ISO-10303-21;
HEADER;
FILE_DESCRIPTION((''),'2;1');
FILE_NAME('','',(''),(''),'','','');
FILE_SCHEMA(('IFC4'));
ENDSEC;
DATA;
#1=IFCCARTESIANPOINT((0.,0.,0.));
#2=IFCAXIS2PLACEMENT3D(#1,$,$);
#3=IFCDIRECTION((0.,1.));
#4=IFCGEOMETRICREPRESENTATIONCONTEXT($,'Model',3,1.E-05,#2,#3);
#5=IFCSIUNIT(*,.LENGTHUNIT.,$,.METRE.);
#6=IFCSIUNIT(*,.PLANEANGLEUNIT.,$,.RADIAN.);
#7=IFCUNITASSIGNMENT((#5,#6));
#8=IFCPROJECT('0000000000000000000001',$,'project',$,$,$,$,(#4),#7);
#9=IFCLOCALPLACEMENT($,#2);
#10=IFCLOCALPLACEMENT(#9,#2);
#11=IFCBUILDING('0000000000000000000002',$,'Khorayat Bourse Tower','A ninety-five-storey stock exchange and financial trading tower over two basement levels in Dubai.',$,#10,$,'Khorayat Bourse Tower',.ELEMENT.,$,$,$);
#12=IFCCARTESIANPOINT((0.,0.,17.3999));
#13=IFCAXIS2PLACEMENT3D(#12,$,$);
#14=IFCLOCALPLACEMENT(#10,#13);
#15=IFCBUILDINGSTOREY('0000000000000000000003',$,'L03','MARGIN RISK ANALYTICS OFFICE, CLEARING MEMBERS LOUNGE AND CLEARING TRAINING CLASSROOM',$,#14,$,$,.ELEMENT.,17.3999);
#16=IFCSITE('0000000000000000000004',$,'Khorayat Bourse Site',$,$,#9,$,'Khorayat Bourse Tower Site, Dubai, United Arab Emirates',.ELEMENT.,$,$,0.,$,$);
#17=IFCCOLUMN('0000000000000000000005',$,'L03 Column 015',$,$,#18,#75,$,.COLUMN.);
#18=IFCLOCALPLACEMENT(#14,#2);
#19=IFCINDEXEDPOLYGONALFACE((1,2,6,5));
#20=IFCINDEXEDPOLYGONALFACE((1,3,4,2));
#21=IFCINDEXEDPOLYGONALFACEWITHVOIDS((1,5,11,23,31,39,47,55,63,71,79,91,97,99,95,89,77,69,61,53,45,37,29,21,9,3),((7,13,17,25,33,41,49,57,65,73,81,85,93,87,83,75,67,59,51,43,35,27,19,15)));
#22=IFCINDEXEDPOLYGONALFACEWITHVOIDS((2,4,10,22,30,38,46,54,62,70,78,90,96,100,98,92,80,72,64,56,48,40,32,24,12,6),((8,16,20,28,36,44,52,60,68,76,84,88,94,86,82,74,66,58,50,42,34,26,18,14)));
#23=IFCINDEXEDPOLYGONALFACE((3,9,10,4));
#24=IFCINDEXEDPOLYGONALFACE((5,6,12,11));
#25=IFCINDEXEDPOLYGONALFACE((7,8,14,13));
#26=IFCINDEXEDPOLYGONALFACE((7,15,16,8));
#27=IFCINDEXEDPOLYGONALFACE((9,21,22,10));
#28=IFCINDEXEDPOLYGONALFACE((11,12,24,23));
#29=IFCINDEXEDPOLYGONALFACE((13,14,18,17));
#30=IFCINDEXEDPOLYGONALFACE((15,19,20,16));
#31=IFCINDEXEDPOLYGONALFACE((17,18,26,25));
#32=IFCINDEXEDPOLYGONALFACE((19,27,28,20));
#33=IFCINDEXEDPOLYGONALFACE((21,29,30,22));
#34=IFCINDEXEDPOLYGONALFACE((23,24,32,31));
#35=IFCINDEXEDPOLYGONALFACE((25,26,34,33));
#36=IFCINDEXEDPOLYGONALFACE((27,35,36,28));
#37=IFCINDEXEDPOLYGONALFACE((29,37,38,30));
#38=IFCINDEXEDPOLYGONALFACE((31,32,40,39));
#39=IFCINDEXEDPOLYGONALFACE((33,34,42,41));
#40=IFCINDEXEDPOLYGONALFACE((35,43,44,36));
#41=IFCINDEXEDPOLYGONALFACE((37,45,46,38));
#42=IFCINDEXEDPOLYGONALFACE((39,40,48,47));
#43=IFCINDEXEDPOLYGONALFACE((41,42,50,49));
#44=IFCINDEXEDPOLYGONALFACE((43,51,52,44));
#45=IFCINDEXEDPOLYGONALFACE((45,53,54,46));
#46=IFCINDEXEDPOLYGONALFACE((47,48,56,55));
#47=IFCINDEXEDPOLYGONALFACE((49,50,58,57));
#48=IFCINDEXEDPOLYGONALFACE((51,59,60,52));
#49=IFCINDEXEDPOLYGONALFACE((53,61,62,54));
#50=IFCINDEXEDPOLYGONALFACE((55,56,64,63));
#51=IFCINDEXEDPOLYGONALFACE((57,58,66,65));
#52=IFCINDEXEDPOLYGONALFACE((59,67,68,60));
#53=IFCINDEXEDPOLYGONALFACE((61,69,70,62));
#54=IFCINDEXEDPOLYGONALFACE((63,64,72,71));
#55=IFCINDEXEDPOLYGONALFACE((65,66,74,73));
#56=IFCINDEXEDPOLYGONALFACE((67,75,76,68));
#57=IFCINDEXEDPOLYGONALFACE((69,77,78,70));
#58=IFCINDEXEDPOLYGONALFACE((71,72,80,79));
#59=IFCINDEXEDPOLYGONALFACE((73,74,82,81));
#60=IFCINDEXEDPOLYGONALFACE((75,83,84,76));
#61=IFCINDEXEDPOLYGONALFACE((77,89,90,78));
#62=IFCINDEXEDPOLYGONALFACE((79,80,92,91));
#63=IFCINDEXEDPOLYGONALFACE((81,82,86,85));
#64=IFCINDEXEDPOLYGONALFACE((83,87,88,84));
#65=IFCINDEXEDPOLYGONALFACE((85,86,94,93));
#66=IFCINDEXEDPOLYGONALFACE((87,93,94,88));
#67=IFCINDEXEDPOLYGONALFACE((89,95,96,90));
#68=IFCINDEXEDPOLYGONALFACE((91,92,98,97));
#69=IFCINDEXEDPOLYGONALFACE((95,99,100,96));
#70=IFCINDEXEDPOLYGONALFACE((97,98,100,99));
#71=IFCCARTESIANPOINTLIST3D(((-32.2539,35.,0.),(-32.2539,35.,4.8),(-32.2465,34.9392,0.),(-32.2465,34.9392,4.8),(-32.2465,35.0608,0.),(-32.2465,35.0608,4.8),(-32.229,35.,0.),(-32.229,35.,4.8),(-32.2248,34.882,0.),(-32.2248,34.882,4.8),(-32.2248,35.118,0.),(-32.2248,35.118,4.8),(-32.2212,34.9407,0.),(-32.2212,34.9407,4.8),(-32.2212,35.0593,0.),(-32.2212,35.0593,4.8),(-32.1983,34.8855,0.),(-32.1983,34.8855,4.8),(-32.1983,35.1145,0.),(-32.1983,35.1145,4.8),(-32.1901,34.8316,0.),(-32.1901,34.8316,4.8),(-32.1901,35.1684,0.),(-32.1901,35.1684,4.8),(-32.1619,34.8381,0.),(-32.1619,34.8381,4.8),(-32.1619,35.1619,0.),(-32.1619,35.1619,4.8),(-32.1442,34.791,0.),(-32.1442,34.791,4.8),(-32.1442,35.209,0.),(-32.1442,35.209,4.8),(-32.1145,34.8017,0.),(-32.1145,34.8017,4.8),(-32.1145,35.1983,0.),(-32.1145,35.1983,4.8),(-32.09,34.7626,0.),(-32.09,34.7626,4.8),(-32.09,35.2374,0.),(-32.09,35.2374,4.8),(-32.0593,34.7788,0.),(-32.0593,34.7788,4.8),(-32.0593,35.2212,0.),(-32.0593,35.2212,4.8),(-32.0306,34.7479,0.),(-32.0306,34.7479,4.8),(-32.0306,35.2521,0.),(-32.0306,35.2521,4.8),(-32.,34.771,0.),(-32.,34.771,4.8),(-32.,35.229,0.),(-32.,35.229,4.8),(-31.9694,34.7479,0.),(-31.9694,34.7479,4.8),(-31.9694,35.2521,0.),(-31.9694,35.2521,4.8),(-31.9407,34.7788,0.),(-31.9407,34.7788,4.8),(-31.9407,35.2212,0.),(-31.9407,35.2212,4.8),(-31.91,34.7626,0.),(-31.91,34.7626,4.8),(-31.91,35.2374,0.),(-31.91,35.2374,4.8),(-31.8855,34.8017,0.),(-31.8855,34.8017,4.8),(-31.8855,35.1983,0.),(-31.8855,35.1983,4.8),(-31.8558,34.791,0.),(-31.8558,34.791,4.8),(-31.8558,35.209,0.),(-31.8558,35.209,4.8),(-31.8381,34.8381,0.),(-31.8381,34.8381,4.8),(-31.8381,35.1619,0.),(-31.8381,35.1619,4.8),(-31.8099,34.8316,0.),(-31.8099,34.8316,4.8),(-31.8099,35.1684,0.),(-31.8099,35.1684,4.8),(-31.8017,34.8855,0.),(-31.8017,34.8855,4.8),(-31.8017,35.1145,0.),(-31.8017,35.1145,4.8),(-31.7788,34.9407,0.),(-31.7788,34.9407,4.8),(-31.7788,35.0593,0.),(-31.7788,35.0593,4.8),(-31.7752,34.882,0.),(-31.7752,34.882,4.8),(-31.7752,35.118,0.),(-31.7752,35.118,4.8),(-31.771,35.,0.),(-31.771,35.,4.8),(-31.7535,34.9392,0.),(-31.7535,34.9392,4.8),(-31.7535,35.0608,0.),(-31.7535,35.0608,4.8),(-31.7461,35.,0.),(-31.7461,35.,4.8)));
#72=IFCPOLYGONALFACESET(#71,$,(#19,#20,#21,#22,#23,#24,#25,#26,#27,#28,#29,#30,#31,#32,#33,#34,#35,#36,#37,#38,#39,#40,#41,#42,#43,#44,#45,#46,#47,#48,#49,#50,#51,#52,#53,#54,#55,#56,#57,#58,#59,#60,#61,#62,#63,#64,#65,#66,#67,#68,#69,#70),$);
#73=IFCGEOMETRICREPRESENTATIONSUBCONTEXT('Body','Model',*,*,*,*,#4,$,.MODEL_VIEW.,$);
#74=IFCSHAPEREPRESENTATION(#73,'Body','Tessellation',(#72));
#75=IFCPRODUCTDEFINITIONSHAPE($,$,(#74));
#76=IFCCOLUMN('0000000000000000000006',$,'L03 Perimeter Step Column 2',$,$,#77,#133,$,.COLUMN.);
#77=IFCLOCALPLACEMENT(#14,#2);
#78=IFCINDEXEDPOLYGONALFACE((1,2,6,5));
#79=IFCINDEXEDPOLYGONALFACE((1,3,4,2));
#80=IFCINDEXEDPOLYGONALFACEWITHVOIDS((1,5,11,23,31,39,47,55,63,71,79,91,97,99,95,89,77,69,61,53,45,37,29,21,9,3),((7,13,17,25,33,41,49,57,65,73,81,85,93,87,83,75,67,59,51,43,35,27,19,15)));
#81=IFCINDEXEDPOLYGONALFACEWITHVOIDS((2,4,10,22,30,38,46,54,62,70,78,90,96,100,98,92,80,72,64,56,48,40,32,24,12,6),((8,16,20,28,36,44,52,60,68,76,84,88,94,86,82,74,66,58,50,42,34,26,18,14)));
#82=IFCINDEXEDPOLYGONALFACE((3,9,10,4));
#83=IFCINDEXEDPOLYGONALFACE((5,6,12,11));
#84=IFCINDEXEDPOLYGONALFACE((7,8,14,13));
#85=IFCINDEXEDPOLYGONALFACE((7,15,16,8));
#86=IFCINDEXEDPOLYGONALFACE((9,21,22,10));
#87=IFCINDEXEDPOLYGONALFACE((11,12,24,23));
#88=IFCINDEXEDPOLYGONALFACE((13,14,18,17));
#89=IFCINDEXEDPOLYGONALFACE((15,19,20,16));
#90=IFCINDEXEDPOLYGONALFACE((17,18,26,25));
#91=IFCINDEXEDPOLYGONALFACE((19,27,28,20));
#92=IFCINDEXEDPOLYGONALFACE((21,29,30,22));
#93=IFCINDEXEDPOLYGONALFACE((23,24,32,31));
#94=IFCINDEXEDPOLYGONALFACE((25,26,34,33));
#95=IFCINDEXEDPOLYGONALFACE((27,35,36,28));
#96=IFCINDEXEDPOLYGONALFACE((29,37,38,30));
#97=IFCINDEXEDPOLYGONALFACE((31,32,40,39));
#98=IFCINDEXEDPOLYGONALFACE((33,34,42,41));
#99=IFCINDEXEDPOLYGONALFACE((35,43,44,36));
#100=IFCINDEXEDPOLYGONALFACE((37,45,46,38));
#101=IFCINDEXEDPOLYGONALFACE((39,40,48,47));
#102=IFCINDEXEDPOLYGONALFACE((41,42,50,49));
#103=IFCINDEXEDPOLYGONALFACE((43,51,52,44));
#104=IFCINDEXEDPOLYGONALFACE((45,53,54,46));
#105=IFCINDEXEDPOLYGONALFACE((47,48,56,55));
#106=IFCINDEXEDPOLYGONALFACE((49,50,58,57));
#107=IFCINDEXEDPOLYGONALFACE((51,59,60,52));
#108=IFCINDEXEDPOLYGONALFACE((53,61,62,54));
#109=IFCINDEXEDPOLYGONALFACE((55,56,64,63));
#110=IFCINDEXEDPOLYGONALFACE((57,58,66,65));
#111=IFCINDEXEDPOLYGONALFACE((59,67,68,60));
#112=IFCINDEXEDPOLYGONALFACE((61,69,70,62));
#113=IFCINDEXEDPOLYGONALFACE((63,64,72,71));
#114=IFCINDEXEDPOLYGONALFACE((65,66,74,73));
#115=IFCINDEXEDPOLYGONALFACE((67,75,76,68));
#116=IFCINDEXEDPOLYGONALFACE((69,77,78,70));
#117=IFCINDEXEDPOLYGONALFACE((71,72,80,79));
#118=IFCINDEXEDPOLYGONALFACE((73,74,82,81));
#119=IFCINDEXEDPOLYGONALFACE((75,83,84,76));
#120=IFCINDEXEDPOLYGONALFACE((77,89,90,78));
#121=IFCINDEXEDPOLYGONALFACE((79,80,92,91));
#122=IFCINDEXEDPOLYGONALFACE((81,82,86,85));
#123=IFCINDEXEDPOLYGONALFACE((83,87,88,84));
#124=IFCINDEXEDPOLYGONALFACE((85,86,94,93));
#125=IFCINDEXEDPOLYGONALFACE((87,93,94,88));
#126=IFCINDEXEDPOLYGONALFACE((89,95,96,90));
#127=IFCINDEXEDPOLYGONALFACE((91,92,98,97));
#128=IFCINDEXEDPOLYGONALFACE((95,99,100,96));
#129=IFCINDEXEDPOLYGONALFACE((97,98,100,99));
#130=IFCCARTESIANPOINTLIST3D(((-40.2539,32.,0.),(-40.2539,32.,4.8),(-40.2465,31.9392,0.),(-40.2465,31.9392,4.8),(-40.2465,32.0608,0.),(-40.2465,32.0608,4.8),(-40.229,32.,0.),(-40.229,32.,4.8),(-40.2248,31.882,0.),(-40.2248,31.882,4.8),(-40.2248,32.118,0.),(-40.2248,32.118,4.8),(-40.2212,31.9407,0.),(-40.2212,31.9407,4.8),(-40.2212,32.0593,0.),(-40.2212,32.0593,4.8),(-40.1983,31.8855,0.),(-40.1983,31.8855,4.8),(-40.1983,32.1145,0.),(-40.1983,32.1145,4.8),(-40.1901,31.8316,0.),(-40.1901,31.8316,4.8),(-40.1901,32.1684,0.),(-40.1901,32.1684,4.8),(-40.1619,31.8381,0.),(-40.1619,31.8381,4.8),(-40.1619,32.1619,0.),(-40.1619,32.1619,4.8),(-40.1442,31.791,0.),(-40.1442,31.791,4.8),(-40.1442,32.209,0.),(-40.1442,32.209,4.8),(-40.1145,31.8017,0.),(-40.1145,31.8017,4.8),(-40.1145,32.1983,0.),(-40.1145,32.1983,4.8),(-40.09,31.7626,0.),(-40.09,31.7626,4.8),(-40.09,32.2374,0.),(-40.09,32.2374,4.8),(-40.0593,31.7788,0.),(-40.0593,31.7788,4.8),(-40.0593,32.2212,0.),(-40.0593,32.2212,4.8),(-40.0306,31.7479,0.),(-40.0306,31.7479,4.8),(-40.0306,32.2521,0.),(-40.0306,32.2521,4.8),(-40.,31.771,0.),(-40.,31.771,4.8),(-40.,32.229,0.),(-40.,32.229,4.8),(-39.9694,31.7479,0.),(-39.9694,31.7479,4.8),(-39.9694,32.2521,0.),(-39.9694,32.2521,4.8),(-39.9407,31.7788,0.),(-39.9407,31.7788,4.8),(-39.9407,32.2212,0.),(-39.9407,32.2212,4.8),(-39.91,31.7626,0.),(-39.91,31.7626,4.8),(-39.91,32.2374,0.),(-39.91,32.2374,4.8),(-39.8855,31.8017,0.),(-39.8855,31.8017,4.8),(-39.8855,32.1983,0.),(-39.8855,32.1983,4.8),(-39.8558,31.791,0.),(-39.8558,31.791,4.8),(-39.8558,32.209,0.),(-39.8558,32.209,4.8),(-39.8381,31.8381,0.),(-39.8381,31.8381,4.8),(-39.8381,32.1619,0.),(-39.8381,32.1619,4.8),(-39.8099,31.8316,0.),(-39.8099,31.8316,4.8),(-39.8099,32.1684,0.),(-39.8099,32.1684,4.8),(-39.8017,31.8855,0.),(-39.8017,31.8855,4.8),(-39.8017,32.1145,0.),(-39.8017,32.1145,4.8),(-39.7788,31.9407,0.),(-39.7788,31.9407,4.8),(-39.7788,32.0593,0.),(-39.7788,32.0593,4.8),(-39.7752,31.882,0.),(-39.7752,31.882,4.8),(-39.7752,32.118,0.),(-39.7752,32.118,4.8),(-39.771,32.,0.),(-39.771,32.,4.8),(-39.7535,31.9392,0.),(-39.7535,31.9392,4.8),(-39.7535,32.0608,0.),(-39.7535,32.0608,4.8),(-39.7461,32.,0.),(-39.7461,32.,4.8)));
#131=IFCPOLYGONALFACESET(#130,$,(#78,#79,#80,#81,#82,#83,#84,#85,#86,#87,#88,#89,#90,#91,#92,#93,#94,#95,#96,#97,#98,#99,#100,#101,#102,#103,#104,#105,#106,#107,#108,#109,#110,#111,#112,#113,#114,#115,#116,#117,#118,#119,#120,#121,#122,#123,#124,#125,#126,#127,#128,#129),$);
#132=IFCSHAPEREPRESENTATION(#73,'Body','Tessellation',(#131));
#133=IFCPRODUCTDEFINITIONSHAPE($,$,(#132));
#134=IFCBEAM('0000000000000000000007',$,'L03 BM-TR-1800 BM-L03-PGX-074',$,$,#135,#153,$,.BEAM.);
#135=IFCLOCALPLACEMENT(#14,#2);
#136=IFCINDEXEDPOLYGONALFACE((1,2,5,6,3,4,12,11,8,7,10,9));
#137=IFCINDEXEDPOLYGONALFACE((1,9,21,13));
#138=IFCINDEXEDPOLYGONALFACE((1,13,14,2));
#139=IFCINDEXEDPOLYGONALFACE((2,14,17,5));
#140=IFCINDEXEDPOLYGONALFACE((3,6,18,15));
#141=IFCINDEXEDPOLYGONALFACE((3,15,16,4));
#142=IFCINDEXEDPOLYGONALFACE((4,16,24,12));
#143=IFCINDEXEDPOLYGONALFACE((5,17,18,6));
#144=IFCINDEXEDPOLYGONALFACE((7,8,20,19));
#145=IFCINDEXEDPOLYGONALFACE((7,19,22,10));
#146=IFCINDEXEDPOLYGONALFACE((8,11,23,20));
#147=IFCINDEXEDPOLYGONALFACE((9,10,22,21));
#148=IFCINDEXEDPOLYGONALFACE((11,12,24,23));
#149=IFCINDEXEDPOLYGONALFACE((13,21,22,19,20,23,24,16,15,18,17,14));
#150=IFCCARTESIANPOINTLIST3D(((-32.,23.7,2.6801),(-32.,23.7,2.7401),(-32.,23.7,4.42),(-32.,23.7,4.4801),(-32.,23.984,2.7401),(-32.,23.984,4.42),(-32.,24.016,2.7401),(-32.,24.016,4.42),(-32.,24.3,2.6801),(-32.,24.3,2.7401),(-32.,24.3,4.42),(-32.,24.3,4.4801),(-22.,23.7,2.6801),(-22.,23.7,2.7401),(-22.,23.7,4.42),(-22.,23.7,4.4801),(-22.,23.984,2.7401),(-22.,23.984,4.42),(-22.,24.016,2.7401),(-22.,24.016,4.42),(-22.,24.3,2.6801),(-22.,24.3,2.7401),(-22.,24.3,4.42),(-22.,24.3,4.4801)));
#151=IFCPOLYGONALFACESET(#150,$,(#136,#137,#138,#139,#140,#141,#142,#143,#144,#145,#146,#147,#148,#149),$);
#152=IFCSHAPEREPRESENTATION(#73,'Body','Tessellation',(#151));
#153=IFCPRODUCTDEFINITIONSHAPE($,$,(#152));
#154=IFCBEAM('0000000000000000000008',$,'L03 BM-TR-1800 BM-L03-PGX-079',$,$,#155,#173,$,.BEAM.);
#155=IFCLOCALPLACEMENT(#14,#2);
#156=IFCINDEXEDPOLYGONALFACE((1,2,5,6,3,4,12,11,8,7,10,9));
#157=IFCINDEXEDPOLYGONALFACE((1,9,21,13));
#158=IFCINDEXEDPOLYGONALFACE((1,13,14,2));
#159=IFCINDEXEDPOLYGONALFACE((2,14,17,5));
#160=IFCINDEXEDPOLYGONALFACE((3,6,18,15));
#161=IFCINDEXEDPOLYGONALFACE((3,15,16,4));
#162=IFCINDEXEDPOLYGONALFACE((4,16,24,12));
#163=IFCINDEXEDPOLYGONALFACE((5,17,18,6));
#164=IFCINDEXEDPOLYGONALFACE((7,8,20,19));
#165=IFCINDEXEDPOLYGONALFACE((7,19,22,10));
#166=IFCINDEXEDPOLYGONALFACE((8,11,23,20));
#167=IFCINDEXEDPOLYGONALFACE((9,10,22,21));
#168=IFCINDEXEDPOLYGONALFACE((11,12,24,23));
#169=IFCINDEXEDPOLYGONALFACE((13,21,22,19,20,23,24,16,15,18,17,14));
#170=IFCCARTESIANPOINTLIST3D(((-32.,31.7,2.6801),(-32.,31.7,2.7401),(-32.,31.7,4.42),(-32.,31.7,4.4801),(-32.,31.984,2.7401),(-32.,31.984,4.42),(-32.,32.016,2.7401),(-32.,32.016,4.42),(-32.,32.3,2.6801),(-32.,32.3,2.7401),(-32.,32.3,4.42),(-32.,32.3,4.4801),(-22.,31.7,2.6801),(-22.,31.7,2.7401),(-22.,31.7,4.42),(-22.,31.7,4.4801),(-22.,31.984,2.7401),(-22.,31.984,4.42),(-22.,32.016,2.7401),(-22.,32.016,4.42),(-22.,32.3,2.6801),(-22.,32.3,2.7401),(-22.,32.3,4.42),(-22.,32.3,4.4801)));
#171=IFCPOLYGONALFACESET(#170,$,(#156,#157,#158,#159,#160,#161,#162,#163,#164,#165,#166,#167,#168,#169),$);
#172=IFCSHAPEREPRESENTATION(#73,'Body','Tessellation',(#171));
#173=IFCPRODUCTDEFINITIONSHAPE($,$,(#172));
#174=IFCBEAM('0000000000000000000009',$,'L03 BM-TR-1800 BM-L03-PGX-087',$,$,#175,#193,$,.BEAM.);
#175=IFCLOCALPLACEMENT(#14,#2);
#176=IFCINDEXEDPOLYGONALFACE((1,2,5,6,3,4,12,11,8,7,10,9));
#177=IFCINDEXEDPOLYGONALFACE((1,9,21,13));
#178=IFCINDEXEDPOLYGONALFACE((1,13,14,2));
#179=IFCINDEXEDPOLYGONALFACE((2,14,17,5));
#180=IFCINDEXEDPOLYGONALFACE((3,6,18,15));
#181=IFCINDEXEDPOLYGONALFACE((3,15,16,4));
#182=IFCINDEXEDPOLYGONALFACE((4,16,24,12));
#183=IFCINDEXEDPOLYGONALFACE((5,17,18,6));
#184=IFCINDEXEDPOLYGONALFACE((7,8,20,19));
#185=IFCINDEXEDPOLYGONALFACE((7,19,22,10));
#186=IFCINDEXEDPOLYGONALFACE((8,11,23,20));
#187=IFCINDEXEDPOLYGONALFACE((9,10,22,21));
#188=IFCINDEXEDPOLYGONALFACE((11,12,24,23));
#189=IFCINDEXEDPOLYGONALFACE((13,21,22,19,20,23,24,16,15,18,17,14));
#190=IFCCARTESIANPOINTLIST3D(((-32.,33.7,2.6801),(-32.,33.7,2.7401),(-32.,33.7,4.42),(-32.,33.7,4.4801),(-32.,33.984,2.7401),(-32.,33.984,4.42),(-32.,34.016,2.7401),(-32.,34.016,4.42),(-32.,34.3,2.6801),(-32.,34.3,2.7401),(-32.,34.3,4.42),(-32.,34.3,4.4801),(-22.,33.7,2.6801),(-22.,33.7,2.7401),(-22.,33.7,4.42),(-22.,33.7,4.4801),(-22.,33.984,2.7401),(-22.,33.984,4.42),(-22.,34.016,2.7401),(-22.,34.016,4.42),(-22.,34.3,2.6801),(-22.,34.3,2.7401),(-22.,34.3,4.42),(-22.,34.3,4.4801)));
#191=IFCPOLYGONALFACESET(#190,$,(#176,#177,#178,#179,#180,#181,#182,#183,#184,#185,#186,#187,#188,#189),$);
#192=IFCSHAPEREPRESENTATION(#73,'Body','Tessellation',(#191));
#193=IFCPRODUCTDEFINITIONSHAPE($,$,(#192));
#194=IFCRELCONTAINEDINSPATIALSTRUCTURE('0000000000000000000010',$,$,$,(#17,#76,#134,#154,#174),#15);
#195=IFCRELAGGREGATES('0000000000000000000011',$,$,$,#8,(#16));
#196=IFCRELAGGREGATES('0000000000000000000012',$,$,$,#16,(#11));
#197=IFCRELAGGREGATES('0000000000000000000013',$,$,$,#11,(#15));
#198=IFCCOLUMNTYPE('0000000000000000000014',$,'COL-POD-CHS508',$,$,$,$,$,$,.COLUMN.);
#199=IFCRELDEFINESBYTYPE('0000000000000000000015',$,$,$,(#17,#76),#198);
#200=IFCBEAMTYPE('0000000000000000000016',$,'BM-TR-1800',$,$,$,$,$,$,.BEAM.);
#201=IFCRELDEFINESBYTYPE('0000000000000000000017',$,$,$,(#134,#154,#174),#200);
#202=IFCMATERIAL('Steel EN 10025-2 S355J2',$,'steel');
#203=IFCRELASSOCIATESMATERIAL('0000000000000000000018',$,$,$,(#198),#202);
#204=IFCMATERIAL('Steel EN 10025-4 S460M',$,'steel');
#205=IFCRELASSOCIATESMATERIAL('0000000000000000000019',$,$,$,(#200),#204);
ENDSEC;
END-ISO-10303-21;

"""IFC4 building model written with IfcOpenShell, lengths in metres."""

from ifc_helpers import new_model, si_unit, direction, frame, origin, origin_2d, place, context, subcontext, project, spatial, hollow_circle, i_section, extrude, source, transform, mapped, material, material_profile, profile_set, type_object, element, save


model = new_model("IFC4")

# Units and contexts
model_context = context("Model", 3, precision=1e-05, world=origin(), true_north=direction((0.0, 1.0)))
body_context = subcontext(model_context, "Body", "Model", "MODEL_VIEW")
ifc_project = project(units=[si_unit("LENGTHUNIT", "METRE"), si_unit("PLANEANGLEUNIT", "RADIAN")], contexts=[model_context])

# Site, building, storey
site_placement = place(None, origin())
site = spatial("IfcSite", under=ifc_project, at=site_placement, Name="Khorayat Bourse Site", LongName="Khorayat Bourse Tower Site, Dubai, United Arab Emirates", CompositionType="ELEMENT", RefElevation=0.0)
building_placement = place(site_placement, origin())
building = spatial("IfcBuilding", under=site, at=building_placement, Name="Khorayat Bourse Tower", Description="A ninety-five-storey stock exchange and financial trading tower over two basement levels in Dubai.", LongName="Khorayat Bourse Tower", CompositionType="ELEMENT")
storey_placement = place(building_placement, frame((0.0, 0.0, 17.3999)))
storey = spatial("IfcBuildingStorey", under=building, at=storey_placement, Name="L03", Description="MARGIN RISK ANALYTICS OFFICE, CLEARING MEMBERS LOUNGE AND CLEARING TRAINING CLASSROOM", CompositionType="ELEMENT", Elevation=17.3999)

# Columns
ifc_material_1 = material(Name="Steel EN 10025-2 S355J2", Category="steel")
ifc_material_profile_1 = material_profile(ifc_material_1, hollow_circle(Radius=0.2539, WallThickness=0.0249, at=origin_2d()), Name="CHS 508x25")
ifc_profile_set_1 = profile_set([ifc_material_profile_1], Name="Steel EN 10025-2 S355J2")
column_type_1 = type_object("IfcColumnType", Name="COL-POD-CHS508", PredefinedType="COLUMN", material=ifc_profile_set_1)
shared_shape_1 = source(origin(), body_context, "Body", "SweptSolid", [
    extrude(hollow_circle(Radius=0.2539, WallThickness=0.0249, at=origin_2d()), origin(), (0.0, 0.0, 1.0), 4.8),
])
for number, where, z_axis, x_axis, name in (
    (1, (-32.0, 35.0, 0.0), (0.0, 0.0, 1.0), (1.0, 0.0, 0.0), "L03 Column 015"),
    (2, (-40.0, 32.0, 0.0), (0.0, 0.0, 1.0), (1.0, 0.0, 0.0), "L03 Perimeter Step Column 2"),
):
    element("IfcColumn", number, at=place(storey_placement, frame(where, z_axis=z_axis, x_axis=x_axis)), inside=storey, type_object=column_type_1, Name=name, PredefinedType="COLUMN", context=body_context, shape_type="MappedRepresentation", body=[
        mapped(shared_shape_1, transform((0.0, 0.0, 0.0), scale=1.0)),
    ])

# Beams
ifc_material_2 = material(Name="Steel EN 10025-4 S460M", Category="steel")
ifc_material_profile_2 = material_profile(ifc_material_2, i_section(OverallWidth=0.6001, OverallDepth=1.8, WebThickness=0.032, FlangeThickness=0.0601, at=origin_2d()), Name="PG 1800x600x32x60")
ifc_profile_set_2 = profile_set([ifc_material_profile_2], Name="Steel EN 10025-4 S460M")
beam_type_1 = type_object("IfcBeamType", Name="BM-TR-1800", PredefinedType="BEAM", material=ifc_profile_set_2)
shared_shape_2 = source(origin(), body_context, "Body", "SweptSolid", [
    extrude(i_section(OverallWidth=0.6001, OverallDepth=1.8, WebThickness=0.032, FlangeThickness=0.0601, at=origin_2d()), origin(), (0.0, 0.0, 1.0), 10.0),
])
for number, where, z_axis, x_axis, name in (
    (3, (-32.0, 24.0, 3.5801), (1.0, 0.0, 0.0), (0.0, 1.0, 0.0), "L03 BM-TR-1800 BM-L03-PGX-074"),
    (4, (-32.0, 32.0, 3.5801), (1.0, 0.0, 0.0), (0.0, 1.0, 0.0), "L03 BM-TR-1800 BM-L03-PGX-079"),
    (5, (-32.0, 34.0, 3.5801), (1.0, 0.0, 0.0), (0.0, 1.0, 0.0), "L03 BM-TR-1800 BM-L03-PGX-087"),
):
    element("IfcBeam", number, at=place(storey_placement, frame(where, z_axis=z_axis, x_axis=x_axis)), inside=storey, type_object=beam_type_1, Name=name, PredefinedType="BEAM", context=body_context, shape_type="MappedRepresentation", body=[
        mapped(shared_shape_2, transform((0.0, 0.0, 0.0), scale=1.0)),
    ])

save(model, "model.ifc")
